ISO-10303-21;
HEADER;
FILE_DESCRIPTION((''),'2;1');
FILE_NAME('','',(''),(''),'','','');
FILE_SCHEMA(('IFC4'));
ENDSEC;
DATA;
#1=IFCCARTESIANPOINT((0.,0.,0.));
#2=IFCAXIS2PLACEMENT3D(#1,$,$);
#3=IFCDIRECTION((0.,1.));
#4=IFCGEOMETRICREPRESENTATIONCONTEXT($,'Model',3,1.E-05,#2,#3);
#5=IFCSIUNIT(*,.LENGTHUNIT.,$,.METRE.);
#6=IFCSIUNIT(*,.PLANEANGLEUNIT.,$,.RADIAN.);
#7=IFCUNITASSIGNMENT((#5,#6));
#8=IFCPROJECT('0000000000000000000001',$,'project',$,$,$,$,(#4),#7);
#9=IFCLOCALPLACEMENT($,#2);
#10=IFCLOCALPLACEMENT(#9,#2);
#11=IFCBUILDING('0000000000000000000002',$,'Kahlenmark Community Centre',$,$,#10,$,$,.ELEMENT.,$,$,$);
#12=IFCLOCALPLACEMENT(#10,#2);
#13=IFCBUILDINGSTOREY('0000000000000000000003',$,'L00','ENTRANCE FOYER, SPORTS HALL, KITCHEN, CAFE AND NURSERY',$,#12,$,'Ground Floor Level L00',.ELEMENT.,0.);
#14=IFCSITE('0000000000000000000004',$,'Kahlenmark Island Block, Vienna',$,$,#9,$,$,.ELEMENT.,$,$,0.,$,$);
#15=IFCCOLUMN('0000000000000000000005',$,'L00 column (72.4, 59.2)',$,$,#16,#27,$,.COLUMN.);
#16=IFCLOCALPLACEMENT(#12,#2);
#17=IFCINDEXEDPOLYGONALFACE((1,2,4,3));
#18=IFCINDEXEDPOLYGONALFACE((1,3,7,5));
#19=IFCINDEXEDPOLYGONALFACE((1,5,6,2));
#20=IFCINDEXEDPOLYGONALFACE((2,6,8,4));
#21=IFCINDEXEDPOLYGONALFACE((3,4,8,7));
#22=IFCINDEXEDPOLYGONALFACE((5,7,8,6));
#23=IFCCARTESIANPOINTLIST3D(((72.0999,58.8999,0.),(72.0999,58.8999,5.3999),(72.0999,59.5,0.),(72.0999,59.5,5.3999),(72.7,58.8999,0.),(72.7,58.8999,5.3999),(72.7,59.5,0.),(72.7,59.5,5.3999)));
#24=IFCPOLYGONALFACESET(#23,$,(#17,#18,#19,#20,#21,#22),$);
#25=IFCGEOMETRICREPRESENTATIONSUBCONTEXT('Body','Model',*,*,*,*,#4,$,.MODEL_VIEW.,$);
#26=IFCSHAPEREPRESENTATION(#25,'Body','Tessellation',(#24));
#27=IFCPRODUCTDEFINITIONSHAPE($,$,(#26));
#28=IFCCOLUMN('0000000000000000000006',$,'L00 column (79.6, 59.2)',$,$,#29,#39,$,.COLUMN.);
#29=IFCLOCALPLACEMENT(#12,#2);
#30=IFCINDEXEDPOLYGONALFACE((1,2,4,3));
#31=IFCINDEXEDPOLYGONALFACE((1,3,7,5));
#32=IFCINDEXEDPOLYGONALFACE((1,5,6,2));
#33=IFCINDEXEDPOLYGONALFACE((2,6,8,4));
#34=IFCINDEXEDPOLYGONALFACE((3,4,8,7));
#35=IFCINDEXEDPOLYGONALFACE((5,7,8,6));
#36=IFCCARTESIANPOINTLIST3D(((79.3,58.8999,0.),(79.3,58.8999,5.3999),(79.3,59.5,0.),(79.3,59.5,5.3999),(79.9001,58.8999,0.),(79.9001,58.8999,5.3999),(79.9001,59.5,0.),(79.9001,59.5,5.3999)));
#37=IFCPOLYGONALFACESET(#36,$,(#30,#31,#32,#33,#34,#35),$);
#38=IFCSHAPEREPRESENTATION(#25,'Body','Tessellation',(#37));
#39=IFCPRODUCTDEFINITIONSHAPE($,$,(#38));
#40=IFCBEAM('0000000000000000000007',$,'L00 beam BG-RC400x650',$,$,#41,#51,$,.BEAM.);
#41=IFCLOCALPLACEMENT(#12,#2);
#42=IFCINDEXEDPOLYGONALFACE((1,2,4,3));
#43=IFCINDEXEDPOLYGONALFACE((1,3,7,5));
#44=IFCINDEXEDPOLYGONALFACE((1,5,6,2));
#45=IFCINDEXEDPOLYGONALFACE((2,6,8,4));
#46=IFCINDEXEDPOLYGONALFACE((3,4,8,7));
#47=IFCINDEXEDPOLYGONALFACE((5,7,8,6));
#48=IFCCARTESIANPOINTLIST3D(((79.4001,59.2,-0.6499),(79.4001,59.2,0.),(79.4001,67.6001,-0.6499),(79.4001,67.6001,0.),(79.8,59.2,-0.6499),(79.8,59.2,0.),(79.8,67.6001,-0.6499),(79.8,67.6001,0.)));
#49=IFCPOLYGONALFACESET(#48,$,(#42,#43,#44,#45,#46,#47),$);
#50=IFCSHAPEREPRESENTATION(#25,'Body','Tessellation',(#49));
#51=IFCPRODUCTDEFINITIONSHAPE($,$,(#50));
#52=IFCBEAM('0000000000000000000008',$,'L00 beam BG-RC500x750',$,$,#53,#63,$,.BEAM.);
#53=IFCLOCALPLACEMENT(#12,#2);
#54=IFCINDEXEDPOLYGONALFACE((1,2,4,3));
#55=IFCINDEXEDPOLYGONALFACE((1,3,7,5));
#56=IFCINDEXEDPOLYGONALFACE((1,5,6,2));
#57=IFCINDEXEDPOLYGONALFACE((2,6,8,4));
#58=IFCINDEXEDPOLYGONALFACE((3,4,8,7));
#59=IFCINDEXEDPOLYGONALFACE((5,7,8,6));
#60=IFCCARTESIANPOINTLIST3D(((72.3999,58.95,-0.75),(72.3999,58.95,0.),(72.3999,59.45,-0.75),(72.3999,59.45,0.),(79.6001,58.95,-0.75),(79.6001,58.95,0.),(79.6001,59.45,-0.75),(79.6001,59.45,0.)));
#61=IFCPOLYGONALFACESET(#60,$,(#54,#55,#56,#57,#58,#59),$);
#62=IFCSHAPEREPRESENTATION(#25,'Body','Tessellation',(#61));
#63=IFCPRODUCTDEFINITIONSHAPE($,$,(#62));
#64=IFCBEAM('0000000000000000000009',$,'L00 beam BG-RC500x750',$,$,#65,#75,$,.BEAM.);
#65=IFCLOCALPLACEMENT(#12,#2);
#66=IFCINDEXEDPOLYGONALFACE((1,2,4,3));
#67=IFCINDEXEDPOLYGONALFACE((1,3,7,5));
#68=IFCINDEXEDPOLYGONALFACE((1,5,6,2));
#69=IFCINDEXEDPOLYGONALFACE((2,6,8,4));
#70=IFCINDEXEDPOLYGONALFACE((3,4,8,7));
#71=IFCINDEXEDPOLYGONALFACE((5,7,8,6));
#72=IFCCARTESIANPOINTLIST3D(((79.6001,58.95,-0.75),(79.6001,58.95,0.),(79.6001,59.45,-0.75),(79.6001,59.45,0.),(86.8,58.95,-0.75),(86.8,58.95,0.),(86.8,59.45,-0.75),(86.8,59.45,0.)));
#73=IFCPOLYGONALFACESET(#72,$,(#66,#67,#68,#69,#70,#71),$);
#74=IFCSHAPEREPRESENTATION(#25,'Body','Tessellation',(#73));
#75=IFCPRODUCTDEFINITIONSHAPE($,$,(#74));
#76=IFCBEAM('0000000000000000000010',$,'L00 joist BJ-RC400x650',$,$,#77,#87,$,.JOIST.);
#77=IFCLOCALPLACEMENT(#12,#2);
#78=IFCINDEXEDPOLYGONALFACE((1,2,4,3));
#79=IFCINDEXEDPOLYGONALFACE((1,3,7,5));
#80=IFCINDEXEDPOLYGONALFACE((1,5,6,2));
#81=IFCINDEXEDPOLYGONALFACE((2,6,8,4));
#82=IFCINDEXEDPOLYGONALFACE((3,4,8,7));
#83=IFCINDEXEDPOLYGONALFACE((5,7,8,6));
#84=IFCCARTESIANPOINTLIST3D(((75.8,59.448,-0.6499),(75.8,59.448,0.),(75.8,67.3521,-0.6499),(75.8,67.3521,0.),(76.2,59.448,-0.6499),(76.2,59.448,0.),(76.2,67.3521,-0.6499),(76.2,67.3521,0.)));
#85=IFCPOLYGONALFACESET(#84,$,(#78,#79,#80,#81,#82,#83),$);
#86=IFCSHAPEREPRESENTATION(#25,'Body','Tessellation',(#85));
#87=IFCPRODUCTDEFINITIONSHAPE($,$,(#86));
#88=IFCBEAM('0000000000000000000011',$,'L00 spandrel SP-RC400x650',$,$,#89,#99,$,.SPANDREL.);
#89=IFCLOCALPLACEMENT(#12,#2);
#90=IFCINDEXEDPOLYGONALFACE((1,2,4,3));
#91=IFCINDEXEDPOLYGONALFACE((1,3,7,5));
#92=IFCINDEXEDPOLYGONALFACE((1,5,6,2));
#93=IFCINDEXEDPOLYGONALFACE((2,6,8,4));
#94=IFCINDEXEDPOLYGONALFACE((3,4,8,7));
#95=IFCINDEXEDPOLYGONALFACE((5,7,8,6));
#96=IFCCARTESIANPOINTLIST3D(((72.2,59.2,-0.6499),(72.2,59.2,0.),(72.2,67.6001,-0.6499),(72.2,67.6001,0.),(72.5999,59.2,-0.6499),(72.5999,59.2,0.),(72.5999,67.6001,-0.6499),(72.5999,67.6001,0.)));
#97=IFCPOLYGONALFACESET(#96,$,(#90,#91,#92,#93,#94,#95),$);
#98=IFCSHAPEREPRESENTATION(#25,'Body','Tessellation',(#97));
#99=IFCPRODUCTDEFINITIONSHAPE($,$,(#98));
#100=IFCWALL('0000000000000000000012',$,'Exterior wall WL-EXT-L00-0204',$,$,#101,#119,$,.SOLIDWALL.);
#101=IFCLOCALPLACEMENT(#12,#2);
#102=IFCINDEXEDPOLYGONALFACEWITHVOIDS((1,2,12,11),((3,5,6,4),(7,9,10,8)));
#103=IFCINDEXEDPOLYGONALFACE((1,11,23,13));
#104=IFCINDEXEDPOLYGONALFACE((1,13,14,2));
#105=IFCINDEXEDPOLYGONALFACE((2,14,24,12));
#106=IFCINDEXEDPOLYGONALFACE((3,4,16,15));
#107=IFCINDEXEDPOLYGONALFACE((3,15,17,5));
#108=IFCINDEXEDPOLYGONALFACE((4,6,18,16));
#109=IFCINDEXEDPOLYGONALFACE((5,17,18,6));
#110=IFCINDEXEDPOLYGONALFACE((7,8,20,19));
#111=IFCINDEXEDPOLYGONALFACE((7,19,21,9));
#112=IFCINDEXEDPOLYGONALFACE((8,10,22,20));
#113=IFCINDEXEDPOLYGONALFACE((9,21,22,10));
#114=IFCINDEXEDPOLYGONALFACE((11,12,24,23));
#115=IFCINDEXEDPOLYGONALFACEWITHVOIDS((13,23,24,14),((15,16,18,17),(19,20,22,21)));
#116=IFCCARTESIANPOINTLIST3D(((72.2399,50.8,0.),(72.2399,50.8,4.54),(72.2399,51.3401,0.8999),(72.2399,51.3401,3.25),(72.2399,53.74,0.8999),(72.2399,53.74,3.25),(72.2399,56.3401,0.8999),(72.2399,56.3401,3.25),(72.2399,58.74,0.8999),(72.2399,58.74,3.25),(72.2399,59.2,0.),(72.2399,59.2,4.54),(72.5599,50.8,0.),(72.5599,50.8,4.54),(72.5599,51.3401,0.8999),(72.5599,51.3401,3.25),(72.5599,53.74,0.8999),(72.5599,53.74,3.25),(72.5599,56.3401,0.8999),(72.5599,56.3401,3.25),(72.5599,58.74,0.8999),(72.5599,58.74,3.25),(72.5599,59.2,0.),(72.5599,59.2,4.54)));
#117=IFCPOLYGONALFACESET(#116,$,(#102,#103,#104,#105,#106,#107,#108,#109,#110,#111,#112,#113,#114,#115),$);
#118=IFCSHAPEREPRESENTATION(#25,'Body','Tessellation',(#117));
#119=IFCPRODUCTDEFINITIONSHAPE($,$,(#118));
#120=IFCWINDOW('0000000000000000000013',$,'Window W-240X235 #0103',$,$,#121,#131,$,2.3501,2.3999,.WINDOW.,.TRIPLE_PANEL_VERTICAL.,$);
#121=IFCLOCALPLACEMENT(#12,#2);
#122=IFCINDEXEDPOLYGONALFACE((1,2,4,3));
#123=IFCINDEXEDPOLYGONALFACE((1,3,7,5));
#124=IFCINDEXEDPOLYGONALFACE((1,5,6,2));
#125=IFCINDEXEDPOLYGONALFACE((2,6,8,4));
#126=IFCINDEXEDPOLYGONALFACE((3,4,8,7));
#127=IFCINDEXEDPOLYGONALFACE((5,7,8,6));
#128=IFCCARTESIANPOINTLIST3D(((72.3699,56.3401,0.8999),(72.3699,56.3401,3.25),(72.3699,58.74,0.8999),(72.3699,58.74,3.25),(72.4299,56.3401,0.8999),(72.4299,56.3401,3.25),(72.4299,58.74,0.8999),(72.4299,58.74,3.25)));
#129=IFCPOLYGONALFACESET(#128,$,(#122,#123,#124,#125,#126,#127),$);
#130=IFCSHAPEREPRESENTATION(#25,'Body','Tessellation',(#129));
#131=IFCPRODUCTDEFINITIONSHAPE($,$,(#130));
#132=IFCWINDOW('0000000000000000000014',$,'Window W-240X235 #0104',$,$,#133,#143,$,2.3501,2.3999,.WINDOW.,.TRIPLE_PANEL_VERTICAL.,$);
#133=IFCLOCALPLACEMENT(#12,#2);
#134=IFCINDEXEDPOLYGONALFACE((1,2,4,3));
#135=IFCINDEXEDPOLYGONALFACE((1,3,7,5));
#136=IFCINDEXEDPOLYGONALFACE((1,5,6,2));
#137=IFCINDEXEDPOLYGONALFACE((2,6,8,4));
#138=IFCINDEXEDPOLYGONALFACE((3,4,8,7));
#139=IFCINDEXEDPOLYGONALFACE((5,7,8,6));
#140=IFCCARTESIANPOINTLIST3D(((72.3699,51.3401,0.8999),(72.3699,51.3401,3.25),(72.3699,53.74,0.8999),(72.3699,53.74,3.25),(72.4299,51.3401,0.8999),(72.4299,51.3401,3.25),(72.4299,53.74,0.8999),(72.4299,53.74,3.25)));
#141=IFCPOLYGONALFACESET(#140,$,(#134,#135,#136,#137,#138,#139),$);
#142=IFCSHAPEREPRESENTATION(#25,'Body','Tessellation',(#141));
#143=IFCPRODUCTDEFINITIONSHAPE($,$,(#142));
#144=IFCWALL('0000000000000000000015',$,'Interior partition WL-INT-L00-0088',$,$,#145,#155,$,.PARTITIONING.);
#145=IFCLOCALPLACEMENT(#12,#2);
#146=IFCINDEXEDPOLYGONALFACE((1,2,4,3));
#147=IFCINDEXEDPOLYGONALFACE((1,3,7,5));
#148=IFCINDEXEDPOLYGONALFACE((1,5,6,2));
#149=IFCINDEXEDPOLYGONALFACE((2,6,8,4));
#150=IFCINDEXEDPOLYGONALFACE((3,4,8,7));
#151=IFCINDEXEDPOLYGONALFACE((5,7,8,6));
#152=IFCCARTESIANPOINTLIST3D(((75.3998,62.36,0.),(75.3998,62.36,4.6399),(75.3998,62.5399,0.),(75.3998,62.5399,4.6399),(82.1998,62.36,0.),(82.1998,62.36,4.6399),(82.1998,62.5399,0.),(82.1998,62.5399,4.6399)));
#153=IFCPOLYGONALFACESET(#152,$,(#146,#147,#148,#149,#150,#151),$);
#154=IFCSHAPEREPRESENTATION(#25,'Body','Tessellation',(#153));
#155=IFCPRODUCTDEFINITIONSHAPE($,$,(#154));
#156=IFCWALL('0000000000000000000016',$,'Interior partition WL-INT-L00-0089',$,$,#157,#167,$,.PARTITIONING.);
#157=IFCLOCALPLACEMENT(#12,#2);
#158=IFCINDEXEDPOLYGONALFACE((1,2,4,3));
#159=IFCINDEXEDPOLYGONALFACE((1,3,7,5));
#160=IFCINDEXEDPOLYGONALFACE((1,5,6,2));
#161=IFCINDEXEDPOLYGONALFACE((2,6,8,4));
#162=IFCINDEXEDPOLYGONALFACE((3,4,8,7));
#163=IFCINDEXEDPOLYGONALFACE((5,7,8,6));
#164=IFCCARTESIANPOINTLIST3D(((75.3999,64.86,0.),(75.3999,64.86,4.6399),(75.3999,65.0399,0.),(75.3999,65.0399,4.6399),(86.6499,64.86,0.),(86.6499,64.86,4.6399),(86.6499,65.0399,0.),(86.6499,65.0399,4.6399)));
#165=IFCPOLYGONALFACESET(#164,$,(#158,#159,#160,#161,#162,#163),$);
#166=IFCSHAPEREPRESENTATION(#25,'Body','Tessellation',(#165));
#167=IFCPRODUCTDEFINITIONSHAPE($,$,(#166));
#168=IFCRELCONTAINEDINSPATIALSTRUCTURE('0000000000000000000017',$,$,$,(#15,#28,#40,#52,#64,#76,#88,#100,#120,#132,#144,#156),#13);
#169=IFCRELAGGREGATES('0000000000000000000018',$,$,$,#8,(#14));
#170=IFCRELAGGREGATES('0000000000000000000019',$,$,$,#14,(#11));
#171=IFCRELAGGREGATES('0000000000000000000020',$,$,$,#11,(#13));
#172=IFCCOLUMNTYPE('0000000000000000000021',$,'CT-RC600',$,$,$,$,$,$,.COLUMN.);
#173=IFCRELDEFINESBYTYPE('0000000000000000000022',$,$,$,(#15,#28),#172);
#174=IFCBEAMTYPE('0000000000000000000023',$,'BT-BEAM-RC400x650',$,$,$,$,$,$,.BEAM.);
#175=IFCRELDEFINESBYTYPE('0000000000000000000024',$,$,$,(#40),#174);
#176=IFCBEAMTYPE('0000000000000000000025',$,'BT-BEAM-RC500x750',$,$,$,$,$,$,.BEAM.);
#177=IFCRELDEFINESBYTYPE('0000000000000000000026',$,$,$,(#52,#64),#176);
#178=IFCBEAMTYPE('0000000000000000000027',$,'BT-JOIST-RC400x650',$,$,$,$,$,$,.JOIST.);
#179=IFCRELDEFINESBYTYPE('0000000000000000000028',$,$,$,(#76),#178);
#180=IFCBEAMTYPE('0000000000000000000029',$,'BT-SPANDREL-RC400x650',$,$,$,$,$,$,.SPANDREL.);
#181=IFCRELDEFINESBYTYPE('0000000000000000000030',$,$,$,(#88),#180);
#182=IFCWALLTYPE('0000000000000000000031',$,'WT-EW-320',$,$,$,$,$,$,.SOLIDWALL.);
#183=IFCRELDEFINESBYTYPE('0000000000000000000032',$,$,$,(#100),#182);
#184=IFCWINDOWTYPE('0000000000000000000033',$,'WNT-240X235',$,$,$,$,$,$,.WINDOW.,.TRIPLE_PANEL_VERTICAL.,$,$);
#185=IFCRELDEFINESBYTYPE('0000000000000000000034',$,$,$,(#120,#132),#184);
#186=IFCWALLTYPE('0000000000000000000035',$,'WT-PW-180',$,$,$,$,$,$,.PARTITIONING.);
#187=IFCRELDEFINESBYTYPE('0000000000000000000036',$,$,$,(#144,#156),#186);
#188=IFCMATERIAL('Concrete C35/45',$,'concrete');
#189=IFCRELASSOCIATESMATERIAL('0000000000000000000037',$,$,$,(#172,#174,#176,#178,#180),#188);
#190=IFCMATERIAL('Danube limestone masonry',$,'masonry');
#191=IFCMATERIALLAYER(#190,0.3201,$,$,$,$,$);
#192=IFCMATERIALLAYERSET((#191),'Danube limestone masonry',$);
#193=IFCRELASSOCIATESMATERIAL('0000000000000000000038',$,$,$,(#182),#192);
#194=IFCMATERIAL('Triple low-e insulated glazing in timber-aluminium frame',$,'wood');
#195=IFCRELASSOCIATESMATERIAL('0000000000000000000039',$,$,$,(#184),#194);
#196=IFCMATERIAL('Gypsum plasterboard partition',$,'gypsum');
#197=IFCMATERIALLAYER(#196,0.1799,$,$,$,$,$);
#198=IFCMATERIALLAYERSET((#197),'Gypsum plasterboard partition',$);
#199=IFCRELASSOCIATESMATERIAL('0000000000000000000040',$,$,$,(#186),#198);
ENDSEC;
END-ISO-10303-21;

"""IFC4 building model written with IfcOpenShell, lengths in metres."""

from ifc_helpers import new_model, si_unit, direction, frame, frame_2d, origin, origin_2d, place, context, subcontext, project, spatial, rectangle, extrude, material, layer, layer_set, material_profile, profile_set, type_object, element, fill, save


model = new_model("IFC4")

# Units and contexts
model_context = context("Model", 3, precision=1e-05, world=origin(), true_north=direction((0.0, 1.0)))
body_context = subcontext(model_context, "Body", "Model", "MODEL_VIEW")
ifc_project = project(units=[si_unit("LENGTHUNIT", "METRE"), si_unit("PLANEANGLEUNIT", "RADIAN")], contexts=[model_context])

# Site, building, storey
site_placement = place(None, origin())
site = spatial("IfcSite", under=ifc_project, at=site_placement, Name="Kahlenmark Island Block, Vienna", CompositionType="ELEMENT", RefElevation=0.0)
building_placement = place(site_placement, origin())
building = spatial("IfcBuilding", under=site, at=building_placement, Name="Kahlenmark Community Centre", CompositionType="ELEMENT")
storey_placement = place(building_placement, origin())
storey = spatial("IfcBuildingStorey", under=building, at=storey_placement, Name="L00", Description="ENTRANCE FOYER, SPORTS HALL, KITCHEN, CAFE AND NURSERY", LongName="Ground Floor Level L00", CompositionType="ELEMENT", Elevation=0.0)

# Columns
ifc_material_1 = material(Name="Concrete C35/45", Category="concrete")
ifc_material_profile_1 = material_profile(ifc_material_1, rectangle(XDim=0.6001, YDim=0.6001, at=origin_2d()), Name="RC 600x600")
ifc_profile_set_1 = profile_set([ifc_material_profile_1], Name="Concrete C35/45")
column_type = type_object("IfcColumnType", Name="CT-RC600", PredefinedType="COLUMN", material=ifc_profile_set_1)
for number, where, z_axis, x_axis, name in (
    (1, (72.3999, 59.2, 0.0), (0.0, 0.0, 1.0), (1.0, 0.0, 0.0), "L00 column (72.4, 59.2)"),
    (2, (79.6001, 59.2, 0.0), (0.0, 0.0, 1.0), (1.0, 0.0, 0.0), "L00 column (79.6, 59.2)"),
):
    element("IfcColumn", number, at=place(storey_placement, frame(where, z_axis=z_axis, x_axis=x_axis)), inside=storey, type_object=column_type, Name=name, PredefinedType="COLUMN", context=body_context, shape_type="SweptSolid", body=[
        extrude(rectangle(XDim=0.6001, YDim=0.6001, at=origin_2d()), origin(), (0.0, 0.0, 1.0), 5.3999),
    ])

# Beams
ifc_material_profile_2 = material_profile(ifc_material_1, rectangle(XDim=0.3999, YDim=0.6499, at=origin_2d()), Name="RC 400x650")
ifc_profile_set_2 = profile_set([ifc_material_profile_2], Name="Concrete C35/45")
beam_type_1 = type_object("IfcBeamType", Name="BT-BEAM-RC400x650", PredefinedType="BEAM", material=ifc_profile_set_2)
beam_1_placement = place(storey_placement, frame((79.6001, 59.2, -0.325), z_axis=(0.0, 1.0, 0.0), x_axis=(-1.0, 0.0, 0.0)))
element("IfcBeam", 3, at=beam_1_placement, inside=storey, type_object=beam_type_1, Name="L00 beam BG-RC400x650", PredefinedType="BEAM", context=body_context, shape_type="SweptSolid", body=[
    extrude(rectangle(XDim=0.3999, YDim=0.6499, at=origin_2d()), origin(), (0.0, 0.0, 1.0), 8.4001),
])
ifc_material_profile_3 = material_profile(ifc_material_1, rectangle(XDim=0.5, YDim=0.75, at=origin_2d()), Name="RC 500x750")
ifc_profile_set_3 = profile_set([ifc_material_profile_3], Name="Concrete C35/45")
beam_type_2 = type_object("IfcBeamType", Name="BT-BEAM-RC500x750", PredefinedType="BEAM", material=ifc_profile_set_3)
beam_2_placement = place(storey_placement, frame((72.3999, 59.2, -0.375), z_axis=(1.0, 0.0, 0.0), x_axis=(0.0, 1.0, 0.0)))
element("IfcBeam", 4, at=beam_2_placement, inside=storey, type_object=beam_type_2, Name="L00 beam BG-RC500x750", PredefinedType="BEAM", context=body_context, shape_type="SweptSolid", body=[
    extrude(rectangle(XDim=0.5, YDim=0.75, at=origin_2d()), origin(), (0.0, 0.0, 1.0), 7.2002),
])
beam_3_placement = place(storey_placement, frame((79.6001, 59.2, -0.375), z_axis=(1.0, 0.0, 0.0), x_axis=(0.0, 1.0, 0.0)))
element("IfcBeam", 5, at=beam_3_placement, inside=storey, type_object=beam_type_2, Name="L00 beam BG-RC500x750", PredefinedType="BEAM", context=body_context, shape_type="SweptSolid", body=[
    extrude(rectangle(XDim=0.5, YDim=0.75, at=origin_2d()), origin(), (0.0, 0.0, 1.0), 7.2),
])
ifc_material_profile_4 = material_profile(ifc_material_1, rectangle(XDim=0.3999, YDim=0.6499, at=origin_2d()), Name="RC 400x650")
ifc_profile_set_4 = profile_set([ifc_material_profile_4], Name="Concrete C35/45")
beam_type_3 = type_object("IfcBeamType", Name="BT-JOIST-RC400x650", PredefinedType="JOIST", material=ifc_profile_set_4)
beam_4_placement = place(storey_placement, frame((76.0, 59.448, -0.325), z_axis=(0.0, 1.0, 0.0), x_axis=(-1.0, 0.0, 0.0)))
element("IfcBeam", 6, at=beam_4_placement, inside=storey, type_object=beam_type_3, Name="L00 joist BJ-RC400x650", PredefinedType="JOIST", context=body_context, shape_type="SweptSolid", body=[
    extrude(rectangle(XDim=0.3999, YDim=0.6499, at=origin_2d()), origin(), (0.0, 0.0, 1.0), 7.9041),
])
ifc_material_profile_5 = material_profile(ifc_material_1, rectangle(XDim=0.3999, YDim=0.6499, at=origin_2d()), Name="RC 400x650")
ifc_profile_set_5 = profile_set([ifc_material_profile_5], Name="Concrete C35/45")
beam_type_4 = type_object("IfcBeamType", Name="BT-SPANDREL-RC400x650", PredefinedType="SPANDREL", material=ifc_profile_set_5)
beam_5_placement = place(storey_placement, frame((72.3999, 59.2, -0.325), z_axis=(0.0, 1.0, 0.0), x_axis=(-1.0, 0.0, 0.0)))
element("IfcBeam", 7, at=beam_5_placement, inside=storey, type_object=beam_type_4, Name="L00 spandrel SP-RC400x650", PredefinedType="SPANDREL", context=body_context, shape_type="SweptSolid", body=[
    extrude(rectangle(XDim=0.3999, YDim=0.6499, at=origin_2d()), origin(), (0.0, 0.0, 1.0), 8.4001),
])

# Wall, openings, windows
ifc_material_2 = material(Name="Danube limestone masonry", Category="masonry")
ifc_layer_1 = layer(ifc_material_2, 0.3201)
ifc_layer_set_1 = layer_set([ifc_layer_1], Name="Danube limestone masonry")
wall_type_1 = type_object("IfcWallType", Name="WT-EW-320", PredefinedType="SOLIDWALL", material=ifc_layer_set_1)
wall_1_placement = place(storey_placement, frame((72.3999, 59.2, 0.0), z_axis=(0.0, 0.0, 1.0), x_axis=(0.0, -1.0, 0.0)))
wall_1 = element("IfcWall", 8, at=wall_1_placement, inside=storey, type_object=wall_type_1, Name="Exterior wall WL-EXT-L00-0204", PredefinedType="SOLIDWALL", context=body_context, shape_type="SweptSolid", body=[
    extrude(rectangle(XDim=8.3999, YDim=0.3201, at=frame_2d((4.2, 0.0))), origin(), (0.0, 0.0, 1.0), 4.54),
])
opening_1_placement = place(wall_1_placement, frame((0.46, 0.0, 0.8999)))
opening_1 = element("IfcOpeningElement", 9, at=opening_1_placement, cuts=wall_1, PredefinedType="OPENING", context=body_context, shape_type="SweptSolid", body=[
    extrude(rectangle(XDim=2.3999, YDim=2.3501, at=frame_2d((1.2, 1.175))), frame((0.0, 0.1699, 0.0), z_axis=(0.0, -1.0, 0.0), x_axis=(1.0, 0.0, 0.0)), (0.0, 0.0, 1.0), 0.3401),
])
opening_2_placement = place(wall_1_placement, frame((5.46, 0.0, 0.8999)))
opening_2 = element("IfcOpeningElement", 10, at=opening_2_placement, cuts=wall_1, PredefinedType="OPENING", context=body_context, shape_type="SweptSolid", body=[
    extrude(rectangle(XDim=2.3999, YDim=2.3501, at=frame_2d((1.2, 1.175))), frame((0.0, 0.1699, 0.0), z_axis=(0.0, -1.0, 0.0), x_axis=(1.0, 0.0, 0.0)), (0.0, 0.0, 1.0), 0.3401),
])
ifc_material_3 = material(Name="Triple low-e insulated glazing in timber-aluminium frame", Category="wood")
window_type = type_object("IfcWindowType", Name="WNT-240X235", PartitioningType="TRIPLE_PANEL_VERTICAL", PredefinedType="WINDOW", material=ifc_material_3)
window_1_placement = place(opening_1_placement, origin())
window_1 = element("IfcWindow", 11, at=window_1_placement, inside=storey, type_object=window_type, Name="Window W-240X235 #0103", OverallHeight=2.3501, OverallWidth=2.3999, PartitioningType="TRIPLE_PANEL_VERTICAL", PredefinedType="WINDOW", context=body_context, shape_type="SweptSolid", body=[
    extrude(rectangle(XDim=2.3999, YDim=2.3501, at=frame_2d((1.2, 1.175))), frame((0.0, 0.03, 0.0), z_axis=(0.0, -1.0, 0.0), x_axis=(1.0, 0.0, 0.0)), (0.0, 0.0, 1.0), 0.0601),
])
fill(opening_1, window_1)
window_2_placement = place(opening_2_placement, origin())
window_2 = element("IfcWindow", 12, at=window_2_placement, inside=storey, type_object=window_type, Name="Window W-240X235 #0104", OverallHeight=2.3501, OverallWidth=2.3999, PartitioningType="TRIPLE_PANEL_VERTICAL", PredefinedType="WINDOW", context=body_context, shape_type="SweptSolid", body=[
    extrude(rectangle(XDim=2.3999, YDim=2.3501, at=frame_2d((1.2, 1.175))), frame((0.0, 0.03, 0.0), z_axis=(0.0, -1.0, 0.0), x_axis=(1.0, 0.0, 0.0)), (0.0, 0.0, 1.0), 0.0601),
])
fill(opening_2, window_2)

# Walls
ifc_material_4 = material(Name="Gypsum plasterboard partition", Category="gypsum")
ifc_layer_2 = layer(ifc_material_4, 0.1799)
ifc_layer_set_2 = layer_set([ifc_layer_2], Name="Gypsum plasterboard partition")
wall_type_2 = type_object("IfcWallType", Name="WT-PW-180", PredefinedType="PARTITIONING", material=ifc_layer_set_2)
wall_2_placement = place(storey_placement, frame((75.3999, 62.45, 0.0), z_axis=(0.0, 0.0, 1.0), x_axis=(1.0, 0.0, 0.0)))
element("IfcWall", 13, at=wall_2_placement, inside=storey, type_object=wall_type_2, Name="Interior partition WL-INT-L00-0088", PredefinedType="PARTITIONING", context=body_context, shape_type="SweptSolid", body=[
    extrude(rectangle(XDim=6.8, YDim=0.1799, at=frame_2d((3.3999, 0.0))), origin(), (0.0, 0.0, 1.0), 4.6399),
])
wall_3_placement = place(storey_placement, frame((75.3999, 64.95, 0.0), z_axis=(0.0, 0.0, 1.0), x_axis=(1.0, 0.0, 0.0)))
element("IfcWall", 14, at=wall_3_placement, inside=storey, type_object=wall_type_2, Name="Interior partition WL-INT-L00-0089", PredefinedType="PARTITIONING", context=body_context, shape_type="SweptSolid", body=[
    extrude(rectangle(XDim=11.25, YDim=0.1799, at=frame_2d((5.625, 0.0))), origin(), (0.0, 0.0, 1.0), 4.6399),
])

save(model, "model.ifc")
